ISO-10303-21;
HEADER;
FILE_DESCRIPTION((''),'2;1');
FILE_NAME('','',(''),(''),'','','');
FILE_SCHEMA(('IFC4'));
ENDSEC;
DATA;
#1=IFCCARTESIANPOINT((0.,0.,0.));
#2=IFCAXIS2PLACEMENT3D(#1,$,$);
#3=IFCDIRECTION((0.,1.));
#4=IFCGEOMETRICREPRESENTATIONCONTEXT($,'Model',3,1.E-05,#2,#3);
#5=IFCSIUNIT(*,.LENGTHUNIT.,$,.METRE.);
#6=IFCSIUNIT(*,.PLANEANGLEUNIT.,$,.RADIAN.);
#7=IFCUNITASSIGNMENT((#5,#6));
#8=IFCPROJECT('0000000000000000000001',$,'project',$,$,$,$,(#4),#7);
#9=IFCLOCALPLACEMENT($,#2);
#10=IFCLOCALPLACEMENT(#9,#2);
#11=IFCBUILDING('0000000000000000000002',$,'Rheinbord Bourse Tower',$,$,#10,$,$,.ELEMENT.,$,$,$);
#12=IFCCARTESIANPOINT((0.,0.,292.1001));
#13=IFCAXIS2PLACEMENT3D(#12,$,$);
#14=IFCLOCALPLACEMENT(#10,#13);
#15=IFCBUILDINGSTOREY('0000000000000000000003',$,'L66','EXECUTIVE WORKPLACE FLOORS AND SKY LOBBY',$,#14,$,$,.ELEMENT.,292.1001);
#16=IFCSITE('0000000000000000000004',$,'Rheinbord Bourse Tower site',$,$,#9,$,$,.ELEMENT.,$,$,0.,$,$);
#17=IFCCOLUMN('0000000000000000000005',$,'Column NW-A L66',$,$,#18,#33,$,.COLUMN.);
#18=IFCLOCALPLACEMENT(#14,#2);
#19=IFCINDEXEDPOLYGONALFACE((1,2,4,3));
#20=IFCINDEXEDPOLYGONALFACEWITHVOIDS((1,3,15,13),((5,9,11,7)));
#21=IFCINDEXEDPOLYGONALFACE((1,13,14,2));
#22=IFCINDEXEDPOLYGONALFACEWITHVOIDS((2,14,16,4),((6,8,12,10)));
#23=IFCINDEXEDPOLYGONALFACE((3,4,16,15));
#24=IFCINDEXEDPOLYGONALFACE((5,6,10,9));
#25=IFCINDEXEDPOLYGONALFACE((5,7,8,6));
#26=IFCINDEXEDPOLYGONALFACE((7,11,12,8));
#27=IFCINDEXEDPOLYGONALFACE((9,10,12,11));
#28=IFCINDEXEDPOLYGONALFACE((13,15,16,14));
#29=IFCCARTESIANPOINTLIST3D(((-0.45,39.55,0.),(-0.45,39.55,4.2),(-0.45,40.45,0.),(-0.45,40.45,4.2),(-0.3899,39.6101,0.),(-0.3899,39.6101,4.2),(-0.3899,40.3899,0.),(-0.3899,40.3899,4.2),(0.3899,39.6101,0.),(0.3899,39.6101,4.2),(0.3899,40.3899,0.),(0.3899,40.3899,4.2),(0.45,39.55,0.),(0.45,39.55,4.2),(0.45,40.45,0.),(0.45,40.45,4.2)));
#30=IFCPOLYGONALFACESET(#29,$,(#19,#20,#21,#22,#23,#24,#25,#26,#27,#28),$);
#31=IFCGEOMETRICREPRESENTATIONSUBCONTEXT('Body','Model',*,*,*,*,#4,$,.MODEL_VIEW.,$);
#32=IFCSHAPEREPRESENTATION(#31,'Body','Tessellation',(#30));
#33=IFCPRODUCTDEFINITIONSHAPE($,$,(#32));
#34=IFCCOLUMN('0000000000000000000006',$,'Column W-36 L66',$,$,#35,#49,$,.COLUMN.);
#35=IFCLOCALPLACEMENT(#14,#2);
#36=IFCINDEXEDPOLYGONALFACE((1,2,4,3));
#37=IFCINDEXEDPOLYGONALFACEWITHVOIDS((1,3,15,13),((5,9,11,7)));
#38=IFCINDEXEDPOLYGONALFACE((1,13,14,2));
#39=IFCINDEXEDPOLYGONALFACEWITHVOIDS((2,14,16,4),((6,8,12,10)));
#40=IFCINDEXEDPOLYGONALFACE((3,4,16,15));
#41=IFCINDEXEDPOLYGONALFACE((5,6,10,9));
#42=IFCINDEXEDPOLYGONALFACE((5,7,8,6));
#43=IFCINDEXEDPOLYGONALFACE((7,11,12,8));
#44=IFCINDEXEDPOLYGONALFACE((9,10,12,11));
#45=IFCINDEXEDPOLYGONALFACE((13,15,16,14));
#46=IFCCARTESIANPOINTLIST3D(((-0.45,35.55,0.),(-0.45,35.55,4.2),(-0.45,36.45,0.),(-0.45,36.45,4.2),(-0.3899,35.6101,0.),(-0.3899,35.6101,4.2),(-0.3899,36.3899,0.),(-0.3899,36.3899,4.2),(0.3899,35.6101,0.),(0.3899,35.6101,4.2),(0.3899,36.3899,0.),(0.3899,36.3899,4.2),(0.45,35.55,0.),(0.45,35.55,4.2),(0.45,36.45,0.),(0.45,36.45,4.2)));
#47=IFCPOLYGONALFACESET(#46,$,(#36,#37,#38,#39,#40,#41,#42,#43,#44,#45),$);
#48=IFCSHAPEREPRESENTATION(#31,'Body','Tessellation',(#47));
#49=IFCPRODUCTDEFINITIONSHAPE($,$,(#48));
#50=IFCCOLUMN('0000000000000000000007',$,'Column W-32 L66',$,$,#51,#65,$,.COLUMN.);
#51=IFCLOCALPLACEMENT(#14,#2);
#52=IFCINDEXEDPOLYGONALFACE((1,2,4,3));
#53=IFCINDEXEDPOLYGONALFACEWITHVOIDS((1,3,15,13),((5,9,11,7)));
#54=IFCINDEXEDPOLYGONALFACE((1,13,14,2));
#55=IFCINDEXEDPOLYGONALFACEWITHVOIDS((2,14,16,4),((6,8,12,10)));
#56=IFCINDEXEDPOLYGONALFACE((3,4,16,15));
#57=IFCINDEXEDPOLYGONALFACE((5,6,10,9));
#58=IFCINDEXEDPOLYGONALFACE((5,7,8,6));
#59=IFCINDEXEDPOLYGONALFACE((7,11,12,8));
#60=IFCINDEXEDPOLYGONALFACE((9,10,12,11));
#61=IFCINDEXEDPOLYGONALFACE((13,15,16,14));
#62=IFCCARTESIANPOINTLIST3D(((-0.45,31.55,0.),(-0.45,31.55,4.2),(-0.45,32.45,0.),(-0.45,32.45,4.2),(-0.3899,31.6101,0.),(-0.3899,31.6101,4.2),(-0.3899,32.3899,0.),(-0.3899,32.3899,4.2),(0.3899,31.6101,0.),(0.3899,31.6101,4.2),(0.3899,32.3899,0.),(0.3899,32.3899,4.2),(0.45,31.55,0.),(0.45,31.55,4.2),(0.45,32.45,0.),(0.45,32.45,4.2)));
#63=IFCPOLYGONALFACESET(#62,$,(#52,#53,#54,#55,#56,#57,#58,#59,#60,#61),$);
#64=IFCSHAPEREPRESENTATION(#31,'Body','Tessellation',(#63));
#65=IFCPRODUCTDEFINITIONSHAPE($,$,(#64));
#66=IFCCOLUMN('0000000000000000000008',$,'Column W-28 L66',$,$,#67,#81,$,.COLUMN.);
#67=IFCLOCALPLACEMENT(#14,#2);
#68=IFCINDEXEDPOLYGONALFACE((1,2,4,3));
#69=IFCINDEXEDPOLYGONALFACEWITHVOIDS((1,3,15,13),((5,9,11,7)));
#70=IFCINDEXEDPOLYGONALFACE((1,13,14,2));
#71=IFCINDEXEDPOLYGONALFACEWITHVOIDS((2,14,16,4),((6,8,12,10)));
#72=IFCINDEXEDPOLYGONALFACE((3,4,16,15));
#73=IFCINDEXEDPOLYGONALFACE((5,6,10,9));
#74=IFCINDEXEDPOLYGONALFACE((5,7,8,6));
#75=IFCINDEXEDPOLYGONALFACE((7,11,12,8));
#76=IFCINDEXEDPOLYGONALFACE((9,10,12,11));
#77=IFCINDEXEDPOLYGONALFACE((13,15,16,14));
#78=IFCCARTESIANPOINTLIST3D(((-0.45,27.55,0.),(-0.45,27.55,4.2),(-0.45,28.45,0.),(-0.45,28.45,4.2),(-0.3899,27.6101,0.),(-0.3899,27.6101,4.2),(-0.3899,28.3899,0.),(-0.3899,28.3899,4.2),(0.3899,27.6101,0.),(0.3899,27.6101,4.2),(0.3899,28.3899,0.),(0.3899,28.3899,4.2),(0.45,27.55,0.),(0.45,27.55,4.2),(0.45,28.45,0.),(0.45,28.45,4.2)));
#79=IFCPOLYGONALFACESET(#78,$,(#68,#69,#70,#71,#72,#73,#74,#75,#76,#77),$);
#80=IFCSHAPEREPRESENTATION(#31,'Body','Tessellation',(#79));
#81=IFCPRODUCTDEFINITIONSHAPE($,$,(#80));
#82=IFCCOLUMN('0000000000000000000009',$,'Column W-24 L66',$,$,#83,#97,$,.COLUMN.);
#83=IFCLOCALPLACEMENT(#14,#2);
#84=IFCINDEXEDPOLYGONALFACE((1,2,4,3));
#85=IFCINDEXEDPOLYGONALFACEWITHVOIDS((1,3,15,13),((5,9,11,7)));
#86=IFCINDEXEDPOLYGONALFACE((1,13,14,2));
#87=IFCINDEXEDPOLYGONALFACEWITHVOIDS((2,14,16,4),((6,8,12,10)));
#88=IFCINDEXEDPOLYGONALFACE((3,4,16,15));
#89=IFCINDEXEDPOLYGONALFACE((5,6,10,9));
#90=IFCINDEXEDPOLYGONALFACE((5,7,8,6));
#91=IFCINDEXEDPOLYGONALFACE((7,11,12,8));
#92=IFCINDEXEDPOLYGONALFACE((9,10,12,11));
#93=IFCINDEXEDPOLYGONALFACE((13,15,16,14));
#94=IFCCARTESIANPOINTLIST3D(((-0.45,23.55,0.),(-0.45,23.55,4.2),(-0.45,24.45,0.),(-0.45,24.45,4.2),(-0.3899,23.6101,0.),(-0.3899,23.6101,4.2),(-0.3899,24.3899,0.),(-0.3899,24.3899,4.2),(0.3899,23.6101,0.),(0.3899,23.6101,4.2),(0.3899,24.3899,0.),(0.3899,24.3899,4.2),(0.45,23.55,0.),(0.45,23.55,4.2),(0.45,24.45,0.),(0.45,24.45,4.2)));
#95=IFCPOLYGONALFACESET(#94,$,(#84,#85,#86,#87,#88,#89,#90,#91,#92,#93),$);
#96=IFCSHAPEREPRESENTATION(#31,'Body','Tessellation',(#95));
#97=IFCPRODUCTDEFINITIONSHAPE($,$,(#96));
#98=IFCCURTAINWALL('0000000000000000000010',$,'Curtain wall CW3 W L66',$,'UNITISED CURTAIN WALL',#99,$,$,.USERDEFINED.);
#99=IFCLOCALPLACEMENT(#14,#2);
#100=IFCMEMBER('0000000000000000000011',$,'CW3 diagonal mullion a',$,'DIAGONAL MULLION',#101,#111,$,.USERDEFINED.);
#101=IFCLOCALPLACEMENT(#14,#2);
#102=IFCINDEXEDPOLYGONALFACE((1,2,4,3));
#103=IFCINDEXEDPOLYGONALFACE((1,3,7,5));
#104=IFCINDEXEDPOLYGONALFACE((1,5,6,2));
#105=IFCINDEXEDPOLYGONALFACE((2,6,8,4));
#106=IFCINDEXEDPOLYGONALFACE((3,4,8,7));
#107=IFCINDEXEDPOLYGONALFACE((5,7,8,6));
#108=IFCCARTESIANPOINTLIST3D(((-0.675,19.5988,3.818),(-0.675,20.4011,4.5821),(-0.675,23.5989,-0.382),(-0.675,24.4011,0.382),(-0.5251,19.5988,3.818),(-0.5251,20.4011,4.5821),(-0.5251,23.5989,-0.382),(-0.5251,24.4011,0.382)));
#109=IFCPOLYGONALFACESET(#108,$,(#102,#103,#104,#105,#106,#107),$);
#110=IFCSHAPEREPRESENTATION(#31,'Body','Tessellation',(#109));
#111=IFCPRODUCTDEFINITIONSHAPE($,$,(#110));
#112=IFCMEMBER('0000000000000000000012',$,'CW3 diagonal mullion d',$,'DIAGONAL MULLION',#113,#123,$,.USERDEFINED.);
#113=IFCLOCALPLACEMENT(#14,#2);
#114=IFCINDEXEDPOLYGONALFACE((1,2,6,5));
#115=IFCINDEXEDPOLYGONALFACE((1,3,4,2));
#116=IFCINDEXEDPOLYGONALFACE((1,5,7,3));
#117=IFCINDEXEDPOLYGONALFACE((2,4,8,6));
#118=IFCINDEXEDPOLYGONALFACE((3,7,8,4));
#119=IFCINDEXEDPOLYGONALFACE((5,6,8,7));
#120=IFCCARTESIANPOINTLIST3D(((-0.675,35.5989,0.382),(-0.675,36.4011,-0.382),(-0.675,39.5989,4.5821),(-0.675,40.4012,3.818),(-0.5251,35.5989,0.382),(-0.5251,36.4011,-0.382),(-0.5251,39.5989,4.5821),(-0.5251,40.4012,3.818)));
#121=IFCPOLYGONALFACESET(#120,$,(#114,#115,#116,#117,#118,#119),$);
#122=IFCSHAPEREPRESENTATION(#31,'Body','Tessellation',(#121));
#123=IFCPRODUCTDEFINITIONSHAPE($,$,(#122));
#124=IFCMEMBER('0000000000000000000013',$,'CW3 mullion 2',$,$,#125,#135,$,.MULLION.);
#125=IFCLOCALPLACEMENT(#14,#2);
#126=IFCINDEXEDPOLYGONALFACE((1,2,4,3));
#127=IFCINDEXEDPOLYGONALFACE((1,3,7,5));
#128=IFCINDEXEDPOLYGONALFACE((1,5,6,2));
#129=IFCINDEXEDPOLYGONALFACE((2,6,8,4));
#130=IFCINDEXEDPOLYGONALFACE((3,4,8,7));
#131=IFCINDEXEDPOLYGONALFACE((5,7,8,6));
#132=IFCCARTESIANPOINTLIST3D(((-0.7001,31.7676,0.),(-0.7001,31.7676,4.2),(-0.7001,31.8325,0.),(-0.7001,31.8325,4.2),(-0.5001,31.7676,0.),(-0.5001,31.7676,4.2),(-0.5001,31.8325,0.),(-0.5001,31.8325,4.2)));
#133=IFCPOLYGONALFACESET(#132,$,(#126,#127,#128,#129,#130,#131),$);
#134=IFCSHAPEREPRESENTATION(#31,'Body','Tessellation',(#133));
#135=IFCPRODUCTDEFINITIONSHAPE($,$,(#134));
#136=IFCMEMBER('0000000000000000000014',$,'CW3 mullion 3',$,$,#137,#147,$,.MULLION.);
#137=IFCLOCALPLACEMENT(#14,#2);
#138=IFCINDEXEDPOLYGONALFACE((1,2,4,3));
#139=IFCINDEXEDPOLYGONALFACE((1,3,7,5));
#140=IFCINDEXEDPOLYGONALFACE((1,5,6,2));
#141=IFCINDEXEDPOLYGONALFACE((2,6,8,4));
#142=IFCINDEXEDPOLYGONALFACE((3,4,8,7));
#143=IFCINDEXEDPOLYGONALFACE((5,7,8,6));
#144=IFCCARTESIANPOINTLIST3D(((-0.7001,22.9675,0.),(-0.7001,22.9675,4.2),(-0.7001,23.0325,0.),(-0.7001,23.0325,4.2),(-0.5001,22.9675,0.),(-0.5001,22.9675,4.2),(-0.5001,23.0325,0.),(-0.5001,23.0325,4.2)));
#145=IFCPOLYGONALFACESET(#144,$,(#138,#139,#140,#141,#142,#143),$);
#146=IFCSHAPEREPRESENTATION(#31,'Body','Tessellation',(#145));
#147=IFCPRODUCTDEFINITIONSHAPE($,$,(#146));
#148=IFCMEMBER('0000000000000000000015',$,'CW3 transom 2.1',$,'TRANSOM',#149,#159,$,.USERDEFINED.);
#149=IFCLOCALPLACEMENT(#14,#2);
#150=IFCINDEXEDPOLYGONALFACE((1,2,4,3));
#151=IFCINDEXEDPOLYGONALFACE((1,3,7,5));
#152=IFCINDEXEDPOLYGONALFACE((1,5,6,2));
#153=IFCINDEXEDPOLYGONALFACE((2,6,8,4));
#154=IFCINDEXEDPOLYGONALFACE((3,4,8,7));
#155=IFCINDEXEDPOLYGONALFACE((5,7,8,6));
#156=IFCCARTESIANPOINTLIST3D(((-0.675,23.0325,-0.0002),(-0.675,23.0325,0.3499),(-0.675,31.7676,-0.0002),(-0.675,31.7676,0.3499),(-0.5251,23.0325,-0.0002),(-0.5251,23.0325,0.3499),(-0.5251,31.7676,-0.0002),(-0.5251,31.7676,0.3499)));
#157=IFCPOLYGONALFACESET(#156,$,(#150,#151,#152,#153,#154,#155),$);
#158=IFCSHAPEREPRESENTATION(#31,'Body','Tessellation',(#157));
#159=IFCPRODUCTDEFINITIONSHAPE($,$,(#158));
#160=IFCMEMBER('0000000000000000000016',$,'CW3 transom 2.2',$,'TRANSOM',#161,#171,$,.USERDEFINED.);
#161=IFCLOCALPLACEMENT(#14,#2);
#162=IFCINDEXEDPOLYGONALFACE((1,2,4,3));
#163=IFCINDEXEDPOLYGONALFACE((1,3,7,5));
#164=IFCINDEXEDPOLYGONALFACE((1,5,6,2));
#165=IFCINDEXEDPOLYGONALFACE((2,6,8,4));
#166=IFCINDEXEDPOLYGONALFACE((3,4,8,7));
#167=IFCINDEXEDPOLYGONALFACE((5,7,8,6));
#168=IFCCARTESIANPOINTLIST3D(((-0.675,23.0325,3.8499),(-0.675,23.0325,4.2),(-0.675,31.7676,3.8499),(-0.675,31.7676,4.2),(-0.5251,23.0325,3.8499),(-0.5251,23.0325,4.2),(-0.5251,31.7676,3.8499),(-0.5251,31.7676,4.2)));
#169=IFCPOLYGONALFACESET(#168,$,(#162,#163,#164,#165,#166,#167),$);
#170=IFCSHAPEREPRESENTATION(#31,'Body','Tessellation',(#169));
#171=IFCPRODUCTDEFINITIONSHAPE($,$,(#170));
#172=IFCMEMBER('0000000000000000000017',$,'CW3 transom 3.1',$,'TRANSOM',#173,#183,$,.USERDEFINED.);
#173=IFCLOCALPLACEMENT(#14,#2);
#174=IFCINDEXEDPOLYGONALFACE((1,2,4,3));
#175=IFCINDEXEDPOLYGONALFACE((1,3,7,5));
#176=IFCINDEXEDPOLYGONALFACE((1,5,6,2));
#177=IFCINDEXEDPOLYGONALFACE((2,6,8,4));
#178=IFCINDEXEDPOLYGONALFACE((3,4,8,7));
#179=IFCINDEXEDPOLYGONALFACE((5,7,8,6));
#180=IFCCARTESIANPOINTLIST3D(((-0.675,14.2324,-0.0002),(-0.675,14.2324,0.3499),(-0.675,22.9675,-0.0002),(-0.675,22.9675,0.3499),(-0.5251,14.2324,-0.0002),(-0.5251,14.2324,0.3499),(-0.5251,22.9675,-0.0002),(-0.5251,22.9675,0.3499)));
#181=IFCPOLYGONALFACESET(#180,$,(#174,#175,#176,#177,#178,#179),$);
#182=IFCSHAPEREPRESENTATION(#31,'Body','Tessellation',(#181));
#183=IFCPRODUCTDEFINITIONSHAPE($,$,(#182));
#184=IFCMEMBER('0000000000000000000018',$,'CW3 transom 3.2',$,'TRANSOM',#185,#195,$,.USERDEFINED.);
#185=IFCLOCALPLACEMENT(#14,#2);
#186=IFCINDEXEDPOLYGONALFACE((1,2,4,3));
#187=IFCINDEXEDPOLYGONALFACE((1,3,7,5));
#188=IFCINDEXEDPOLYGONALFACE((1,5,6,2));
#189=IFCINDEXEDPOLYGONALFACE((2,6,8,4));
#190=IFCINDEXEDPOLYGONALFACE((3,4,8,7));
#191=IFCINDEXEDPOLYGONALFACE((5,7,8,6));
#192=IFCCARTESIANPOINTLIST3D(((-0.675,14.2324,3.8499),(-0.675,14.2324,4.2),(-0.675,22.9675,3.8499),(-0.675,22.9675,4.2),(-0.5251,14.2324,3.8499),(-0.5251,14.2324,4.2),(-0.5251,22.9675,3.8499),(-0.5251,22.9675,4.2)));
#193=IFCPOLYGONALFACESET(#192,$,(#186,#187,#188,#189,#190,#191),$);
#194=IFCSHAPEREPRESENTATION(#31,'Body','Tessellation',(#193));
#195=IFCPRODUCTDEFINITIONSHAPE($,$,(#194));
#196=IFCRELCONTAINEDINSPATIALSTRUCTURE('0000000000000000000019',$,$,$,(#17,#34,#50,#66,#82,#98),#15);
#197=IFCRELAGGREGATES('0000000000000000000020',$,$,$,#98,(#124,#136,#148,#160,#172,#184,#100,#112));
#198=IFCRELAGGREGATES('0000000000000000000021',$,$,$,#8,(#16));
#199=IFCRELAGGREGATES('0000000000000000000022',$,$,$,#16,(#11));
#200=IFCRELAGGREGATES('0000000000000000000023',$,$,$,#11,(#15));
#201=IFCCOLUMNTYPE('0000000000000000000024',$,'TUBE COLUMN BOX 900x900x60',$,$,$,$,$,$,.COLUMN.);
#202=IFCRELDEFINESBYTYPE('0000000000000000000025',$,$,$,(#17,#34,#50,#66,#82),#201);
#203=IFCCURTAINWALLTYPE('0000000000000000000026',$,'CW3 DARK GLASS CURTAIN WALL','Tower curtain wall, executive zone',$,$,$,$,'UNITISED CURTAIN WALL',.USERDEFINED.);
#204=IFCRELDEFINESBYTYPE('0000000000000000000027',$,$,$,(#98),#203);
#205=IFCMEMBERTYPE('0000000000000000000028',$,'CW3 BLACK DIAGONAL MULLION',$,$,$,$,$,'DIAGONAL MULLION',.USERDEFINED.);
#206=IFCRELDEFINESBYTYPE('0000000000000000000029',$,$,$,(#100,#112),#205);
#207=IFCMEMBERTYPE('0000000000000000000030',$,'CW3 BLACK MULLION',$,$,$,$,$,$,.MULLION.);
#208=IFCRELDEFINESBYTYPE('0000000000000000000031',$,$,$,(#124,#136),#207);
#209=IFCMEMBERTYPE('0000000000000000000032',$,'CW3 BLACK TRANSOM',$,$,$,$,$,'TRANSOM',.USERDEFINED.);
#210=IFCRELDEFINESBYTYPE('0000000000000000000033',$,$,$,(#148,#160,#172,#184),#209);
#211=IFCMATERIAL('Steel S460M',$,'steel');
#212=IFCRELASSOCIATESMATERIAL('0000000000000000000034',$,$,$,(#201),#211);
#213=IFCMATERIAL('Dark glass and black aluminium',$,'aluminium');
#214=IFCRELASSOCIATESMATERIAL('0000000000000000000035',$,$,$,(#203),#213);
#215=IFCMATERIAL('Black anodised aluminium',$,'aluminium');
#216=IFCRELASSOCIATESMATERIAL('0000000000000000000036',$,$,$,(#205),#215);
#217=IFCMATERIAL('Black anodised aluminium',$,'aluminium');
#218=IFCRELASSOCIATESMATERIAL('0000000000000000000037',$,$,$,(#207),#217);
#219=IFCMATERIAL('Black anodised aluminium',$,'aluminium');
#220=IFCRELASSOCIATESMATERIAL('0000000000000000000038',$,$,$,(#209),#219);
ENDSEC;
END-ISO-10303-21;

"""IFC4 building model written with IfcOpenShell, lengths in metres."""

from ifc_helpers import new_model, si_unit, direction, frame, origin, origin_2d, place, context, subcontext, project, spatial, rectangle, hollow_rectangle, extrude, material, material_profile, profile_set, type_object, element, aggregate, save


model = new_model("IFC4")

# Units and contexts
model_context = context("Model", 3, precision=1e-05, world=origin(), true_north=direction((0.0, 1.0)))
body_context = subcontext(model_context, "Body", "Model", "MODEL_VIEW")
ifc_project = project(units=[si_unit("LENGTHUNIT", "METRE"), si_unit("PLANEANGLEUNIT", "RADIAN")], contexts=[model_context])

# Site, building, storey
site_placement = place(None, origin())
site = spatial("IfcSite", under=ifc_project, at=site_placement, Name="Rheinbord Bourse Tower site", CompositionType="ELEMENT", RefElevation=0.0)
building_placement = place(site_placement, origin())
building = spatial("IfcBuilding", under=site, at=building_placement, Name="Rheinbord Bourse Tower", CompositionType="ELEMENT")
storey_placement = place(building_placement, frame((0.0, 0.0, 292.1001)))
storey = spatial("IfcBuildingStorey", under=building, at=storey_placement, Name="L66", Description="EXECUTIVE WORKPLACE FLOORS AND SKY LOBBY", CompositionType="ELEMENT", Elevation=292.1001)

# Columns
ifc_material_1 = material(Name="Steel S460M", Category="steel")
ifc_material_profile_1 = material_profile(ifc_material_1, hollow_rectangle(XDim=0.8999, YDim=0.8999, WallThickness=0.0601, at=origin_2d()), Name="BOX 900x900x60")
ifc_profile_set_1 = profile_set([ifc_material_profile_1], Name="Steel S460M")
column_type = type_object("IfcColumnType", Name="TUBE COLUMN BOX 900x900x60", PredefinedType="COLUMN", material=ifc_profile_set_1)
for number, where, z_axis, x_axis, name in (
    (1, (0.0, 40.0, 0.0), (0.0, 0.0, 1.0), (1.0, 0.0, 0.0), "Column NW-A L66"),
    (2, (0.0, 36.0, 0.0), (0.0, 0.0, 1.0), (1.0, 0.0, 0.0), "Column W-36 L66"),
    (3, (0.0, 32.0, 0.0), (0.0, 0.0, 1.0), (1.0, 0.0, 0.0), "Column W-32 L66"),
    (4, (0.0, 28.0, 0.0), (0.0, 0.0, 1.0), (1.0, 0.0, 0.0), "Column W-28 L66"),
    (5, (0.0, 24.0, 0.0), (0.0, 0.0, 1.0), (1.0, 0.0, 0.0), "Column W-24 L66"),
):
    element("IfcColumn", number, at=place(storey_placement, frame(where, z_axis=z_axis, x_axis=x_axis)), inside=storey, type_object=column_type, Name=name, PredefinedType="COLUMN", context=body_context, shape_type="SweptSolid", body=[
        extrude(hollow_rectangle(XDim=0.8999, YDim=0.8999, WallThickness=0.0601, at=origin_2d()), origin(), (0.0, 0.0, 1.0), 4.2),
    ])

# Curtain wall, members
ifc_material_2 = material(Name="Dark glass and black aluminium", Category="aluminium")
curtain_wall_type = type_object("IfcCurtainWallType", Name="CW3 DARK GLASS CURTAIN WALL", Description="Tower curtain wall, executive zone", ElementType="UNITISED CURTAIN WALL", PredefinedType="USERDEFINED", material=ifc_material_2)
curtain_wall_placement = place(storey_placement, origin())
curtain_wall = element("IfcCurtainWall", 6, at=curtain_wall_placement, inside=storey, type_object=curtain_wall_type, Name="Curtain wall CW3 W L66", ObjectType="UNITISED CURTAIN WALL", PredefinedType="USERDEFINED")
ifc_material_3 = material(Name="Black anodised aluminium", Category="aluminium")
ifc_material_profile_2 = material_profile(ifc_material_3, rectangle(XDim=0.1499, YDim=1.1079, at=origin_2d()), Name="CW3 DIAGONAL MULLION 1108x150")
ifc_profile_set_2 = profile_set([ifc_material_profile_2], Name="Black anodised aluminium")
member_type_1 = type_object("IfcMemberType", Name="CW3 BLACK DIAGONAL MULLION", ElementType="DIAGONAL MULLION", PredefinedType="USERDEFINED", material=ifc_profile_set_2)
member_1_placement = place(storey_placement, frame((-0.6001, 24.0, 0.0), z_axis=(0.0, -0.689659, 0.724134), x_axis=(1.0, 0.0, 0.0)))
member_1 = element("IfcMember", 7, at=member_1_placement, type_object=member_type_1, Name="CW3 diagonal mullion a", ObjectType="DIAGONAL MULLION", PredefinedType="USERDEFINED", context=body_context, shape_type="SweptSolid", body=[
    extrude(rectangle(XDim=0.1499, YDim=1.1079, at=origin_2d()), origin(), (0.0, 0.0, 1.0), 5.8),
])
member_2_placement = place(storey_placement, frame((-0.6001, 36.0, 0.0), z_axis=(0.0, 0.689659, 0.724134), x_axis=(-1.0, 0.0, 0.0)))
member_2 = element("IfcMember", 8, at=member_2_placement, type_object=member_type_1, Name="CW3 diagonal mullion d", ObjectType="DIAGONAL MULLION", PredefinedType="USERDEFINED", context=body_context, shape_type="SweptSolid", body=[
    extrude(rectangle(XDim=0.1499, YDim=1.1079, at=origin_2d()), origin(), (0.0, 0.0, 1.0), 5.8),
])
ifc_material_4 = material(Name="Black anodised aluminium", Category="aluminium")
ifc_material_profile_3 = material_profile(ifc_material_4, rectangle(XDim=0.2, YDim=0.0649, at=origin_2d()), Name="CW3 MULLION 65x200")
ifc_profile_set_3 = profile_set([ifc_material_profile_3], Name="Black anodised aluminium")
member_type_2 = type_object("IfcMemberType", Name="CW3 BLACK MULLION", PredefinedType="MULLION", material=ifc_profile_set_3)
member_3_placement = place(storey_placement, frame((-0.6001, 31.8, 0.0), z_axis=(0.0, 0.0, 1.0), x_axis=(1.0, 0.0, 0.0)))
member_3 = element("IfcMember", 9, at=member_3_placement, type_object=member_type_2, Name="CW3 mullion 2", PredefinedType="MULLION", context=body_context, shape_type="SweptSolid", body=[
    extrude(rectangle(XDim=0.2, YDim=0.0649, at=origin_2d()), origin(), (0.0, 0.0, 1.0), 4.2),
])
member_4_placement = place(storey_placement, frame((-0.6001, 23.0, 0.0), z_axis=(0.0, 0.0, 1.0), x_axis=(1.0, 0.0, 0.0)))
member_4 = element("IfcMember", 10, at=member_4_placement, type_object=member_type_2, Name="CW3 mullion 3", PredefinedType="MULLION", context=body_context, shape_type="SweptSolid", body=[
    extrude(rectangle(XDim=0.2, YDim=0.0649, at=origin_2d()), origin(), (0.0, 0.0, 1.0), 4.2),
])
ifc_material_5 = material(Name="Black anodised aluminium", Category="aluminium")
ifc_material_profile_4 = material_profile(ifc_material_5, rectangle(XDim=0.1499, YDim=0.3501, at=origin_2d()), Name="CW3 TRANSOM 350x150")
ifc_profile_set_4 = profile_set([ifc_material_profile_4], Name="Black anodised aluminium")
member_type_3 = type_object("IfcMemberType", Name="CW3 BLACK TRANSOM", ElementType="TRANSOM", PredefinedType="USERDEFINED", material=ifc_profile_set_4)
member_5_placement = place(storey_placement, frame((-0.6001, 31.7676, 0.1748), z_axis=(0.0, -1.0, 0.0), x_axis=(1.0, 0.0, 0.0)))
member_5 = element("IfcMember", 11, at=member_5_placement, type_object=member_type_3, Name="CW3 transom 2.1", ObjectType="TRANSOM", PredefinedType="USERDEFINED", context=body_context, shape_type="SweptSolid", body=[
    extrude(rectangle(XDim=0.1499, YDim=0.3501, at=origin_2d()), origin(), (0.0, 0.0, 1.0), 8.7351),
])
member_6_placement = place(storey_placement, frame((-0.6001, 31.7676, 4.0249), z_axis=(0.0, -1.0, 0.0), x_axis=(1.0, 0.0, 0.0)))
member_6 = element("IfcMember", 12, at=member_6_placement, type_object=member_type_3, Name="CW3 transom 2.2", ObjectType="TRANSOM", PredefinedType="USERDEFINED", context=body_context, shape_type="SweptSolid", body=[
    extrude(rectangle(XDim=0.1499, YDim=0.3501, at=origin_2d()), origin(), (0.0, 0.0, 1.0), 8.7351),
])
member_7_placement = place(storey_placement, frame((-0.6001, 22.9675, 0.1748), z_axis=(0.0, -1.0, 0.0), x_axis=(1.0, 0.0, 0.0)))
member_7 = element("IfcMember", 13, at=member_7_placement, type_object=member_type_3, Name="CW3 transom 3.1", ObjectType="TRANSOM", PredefinedType="USERDEFINED", context=body_context, shape_type="SweptSolid", body=[
    extrude(rectangle(XDim=0.1499, YDim=0.3501, at=origin_2d()), origin(), (0.0, 0.0, 1.0), 8.7351),
])
member_8_placement = place(storey_placement, frame((-0.6001, 22.9675, 4.0249), z_axis=(0.0, -1.0, 0.0), x_axis=(1.0, 0.0, 0.0)))
member_8 = element("IfcMember", 14, at=member_8_placement, type_object=member_type_3, Name="CW3 transom 3.2", ObjectType="TRANSOM", PredefinedType="USERDEFINED", context=body_context, shape_type="SweptSolid", body=[
    extrude(rectangle(XDim=0.1499, YDim=0.3501, at=origin_2d()), origin(), (0.0, 0.0, 1.0), 8.7351),
])

aggregate(curtain_wall, [member_3, member_4, member_5, member_6, member_7, member_8, member_1, member_2])

save(model, "model.ifc")
